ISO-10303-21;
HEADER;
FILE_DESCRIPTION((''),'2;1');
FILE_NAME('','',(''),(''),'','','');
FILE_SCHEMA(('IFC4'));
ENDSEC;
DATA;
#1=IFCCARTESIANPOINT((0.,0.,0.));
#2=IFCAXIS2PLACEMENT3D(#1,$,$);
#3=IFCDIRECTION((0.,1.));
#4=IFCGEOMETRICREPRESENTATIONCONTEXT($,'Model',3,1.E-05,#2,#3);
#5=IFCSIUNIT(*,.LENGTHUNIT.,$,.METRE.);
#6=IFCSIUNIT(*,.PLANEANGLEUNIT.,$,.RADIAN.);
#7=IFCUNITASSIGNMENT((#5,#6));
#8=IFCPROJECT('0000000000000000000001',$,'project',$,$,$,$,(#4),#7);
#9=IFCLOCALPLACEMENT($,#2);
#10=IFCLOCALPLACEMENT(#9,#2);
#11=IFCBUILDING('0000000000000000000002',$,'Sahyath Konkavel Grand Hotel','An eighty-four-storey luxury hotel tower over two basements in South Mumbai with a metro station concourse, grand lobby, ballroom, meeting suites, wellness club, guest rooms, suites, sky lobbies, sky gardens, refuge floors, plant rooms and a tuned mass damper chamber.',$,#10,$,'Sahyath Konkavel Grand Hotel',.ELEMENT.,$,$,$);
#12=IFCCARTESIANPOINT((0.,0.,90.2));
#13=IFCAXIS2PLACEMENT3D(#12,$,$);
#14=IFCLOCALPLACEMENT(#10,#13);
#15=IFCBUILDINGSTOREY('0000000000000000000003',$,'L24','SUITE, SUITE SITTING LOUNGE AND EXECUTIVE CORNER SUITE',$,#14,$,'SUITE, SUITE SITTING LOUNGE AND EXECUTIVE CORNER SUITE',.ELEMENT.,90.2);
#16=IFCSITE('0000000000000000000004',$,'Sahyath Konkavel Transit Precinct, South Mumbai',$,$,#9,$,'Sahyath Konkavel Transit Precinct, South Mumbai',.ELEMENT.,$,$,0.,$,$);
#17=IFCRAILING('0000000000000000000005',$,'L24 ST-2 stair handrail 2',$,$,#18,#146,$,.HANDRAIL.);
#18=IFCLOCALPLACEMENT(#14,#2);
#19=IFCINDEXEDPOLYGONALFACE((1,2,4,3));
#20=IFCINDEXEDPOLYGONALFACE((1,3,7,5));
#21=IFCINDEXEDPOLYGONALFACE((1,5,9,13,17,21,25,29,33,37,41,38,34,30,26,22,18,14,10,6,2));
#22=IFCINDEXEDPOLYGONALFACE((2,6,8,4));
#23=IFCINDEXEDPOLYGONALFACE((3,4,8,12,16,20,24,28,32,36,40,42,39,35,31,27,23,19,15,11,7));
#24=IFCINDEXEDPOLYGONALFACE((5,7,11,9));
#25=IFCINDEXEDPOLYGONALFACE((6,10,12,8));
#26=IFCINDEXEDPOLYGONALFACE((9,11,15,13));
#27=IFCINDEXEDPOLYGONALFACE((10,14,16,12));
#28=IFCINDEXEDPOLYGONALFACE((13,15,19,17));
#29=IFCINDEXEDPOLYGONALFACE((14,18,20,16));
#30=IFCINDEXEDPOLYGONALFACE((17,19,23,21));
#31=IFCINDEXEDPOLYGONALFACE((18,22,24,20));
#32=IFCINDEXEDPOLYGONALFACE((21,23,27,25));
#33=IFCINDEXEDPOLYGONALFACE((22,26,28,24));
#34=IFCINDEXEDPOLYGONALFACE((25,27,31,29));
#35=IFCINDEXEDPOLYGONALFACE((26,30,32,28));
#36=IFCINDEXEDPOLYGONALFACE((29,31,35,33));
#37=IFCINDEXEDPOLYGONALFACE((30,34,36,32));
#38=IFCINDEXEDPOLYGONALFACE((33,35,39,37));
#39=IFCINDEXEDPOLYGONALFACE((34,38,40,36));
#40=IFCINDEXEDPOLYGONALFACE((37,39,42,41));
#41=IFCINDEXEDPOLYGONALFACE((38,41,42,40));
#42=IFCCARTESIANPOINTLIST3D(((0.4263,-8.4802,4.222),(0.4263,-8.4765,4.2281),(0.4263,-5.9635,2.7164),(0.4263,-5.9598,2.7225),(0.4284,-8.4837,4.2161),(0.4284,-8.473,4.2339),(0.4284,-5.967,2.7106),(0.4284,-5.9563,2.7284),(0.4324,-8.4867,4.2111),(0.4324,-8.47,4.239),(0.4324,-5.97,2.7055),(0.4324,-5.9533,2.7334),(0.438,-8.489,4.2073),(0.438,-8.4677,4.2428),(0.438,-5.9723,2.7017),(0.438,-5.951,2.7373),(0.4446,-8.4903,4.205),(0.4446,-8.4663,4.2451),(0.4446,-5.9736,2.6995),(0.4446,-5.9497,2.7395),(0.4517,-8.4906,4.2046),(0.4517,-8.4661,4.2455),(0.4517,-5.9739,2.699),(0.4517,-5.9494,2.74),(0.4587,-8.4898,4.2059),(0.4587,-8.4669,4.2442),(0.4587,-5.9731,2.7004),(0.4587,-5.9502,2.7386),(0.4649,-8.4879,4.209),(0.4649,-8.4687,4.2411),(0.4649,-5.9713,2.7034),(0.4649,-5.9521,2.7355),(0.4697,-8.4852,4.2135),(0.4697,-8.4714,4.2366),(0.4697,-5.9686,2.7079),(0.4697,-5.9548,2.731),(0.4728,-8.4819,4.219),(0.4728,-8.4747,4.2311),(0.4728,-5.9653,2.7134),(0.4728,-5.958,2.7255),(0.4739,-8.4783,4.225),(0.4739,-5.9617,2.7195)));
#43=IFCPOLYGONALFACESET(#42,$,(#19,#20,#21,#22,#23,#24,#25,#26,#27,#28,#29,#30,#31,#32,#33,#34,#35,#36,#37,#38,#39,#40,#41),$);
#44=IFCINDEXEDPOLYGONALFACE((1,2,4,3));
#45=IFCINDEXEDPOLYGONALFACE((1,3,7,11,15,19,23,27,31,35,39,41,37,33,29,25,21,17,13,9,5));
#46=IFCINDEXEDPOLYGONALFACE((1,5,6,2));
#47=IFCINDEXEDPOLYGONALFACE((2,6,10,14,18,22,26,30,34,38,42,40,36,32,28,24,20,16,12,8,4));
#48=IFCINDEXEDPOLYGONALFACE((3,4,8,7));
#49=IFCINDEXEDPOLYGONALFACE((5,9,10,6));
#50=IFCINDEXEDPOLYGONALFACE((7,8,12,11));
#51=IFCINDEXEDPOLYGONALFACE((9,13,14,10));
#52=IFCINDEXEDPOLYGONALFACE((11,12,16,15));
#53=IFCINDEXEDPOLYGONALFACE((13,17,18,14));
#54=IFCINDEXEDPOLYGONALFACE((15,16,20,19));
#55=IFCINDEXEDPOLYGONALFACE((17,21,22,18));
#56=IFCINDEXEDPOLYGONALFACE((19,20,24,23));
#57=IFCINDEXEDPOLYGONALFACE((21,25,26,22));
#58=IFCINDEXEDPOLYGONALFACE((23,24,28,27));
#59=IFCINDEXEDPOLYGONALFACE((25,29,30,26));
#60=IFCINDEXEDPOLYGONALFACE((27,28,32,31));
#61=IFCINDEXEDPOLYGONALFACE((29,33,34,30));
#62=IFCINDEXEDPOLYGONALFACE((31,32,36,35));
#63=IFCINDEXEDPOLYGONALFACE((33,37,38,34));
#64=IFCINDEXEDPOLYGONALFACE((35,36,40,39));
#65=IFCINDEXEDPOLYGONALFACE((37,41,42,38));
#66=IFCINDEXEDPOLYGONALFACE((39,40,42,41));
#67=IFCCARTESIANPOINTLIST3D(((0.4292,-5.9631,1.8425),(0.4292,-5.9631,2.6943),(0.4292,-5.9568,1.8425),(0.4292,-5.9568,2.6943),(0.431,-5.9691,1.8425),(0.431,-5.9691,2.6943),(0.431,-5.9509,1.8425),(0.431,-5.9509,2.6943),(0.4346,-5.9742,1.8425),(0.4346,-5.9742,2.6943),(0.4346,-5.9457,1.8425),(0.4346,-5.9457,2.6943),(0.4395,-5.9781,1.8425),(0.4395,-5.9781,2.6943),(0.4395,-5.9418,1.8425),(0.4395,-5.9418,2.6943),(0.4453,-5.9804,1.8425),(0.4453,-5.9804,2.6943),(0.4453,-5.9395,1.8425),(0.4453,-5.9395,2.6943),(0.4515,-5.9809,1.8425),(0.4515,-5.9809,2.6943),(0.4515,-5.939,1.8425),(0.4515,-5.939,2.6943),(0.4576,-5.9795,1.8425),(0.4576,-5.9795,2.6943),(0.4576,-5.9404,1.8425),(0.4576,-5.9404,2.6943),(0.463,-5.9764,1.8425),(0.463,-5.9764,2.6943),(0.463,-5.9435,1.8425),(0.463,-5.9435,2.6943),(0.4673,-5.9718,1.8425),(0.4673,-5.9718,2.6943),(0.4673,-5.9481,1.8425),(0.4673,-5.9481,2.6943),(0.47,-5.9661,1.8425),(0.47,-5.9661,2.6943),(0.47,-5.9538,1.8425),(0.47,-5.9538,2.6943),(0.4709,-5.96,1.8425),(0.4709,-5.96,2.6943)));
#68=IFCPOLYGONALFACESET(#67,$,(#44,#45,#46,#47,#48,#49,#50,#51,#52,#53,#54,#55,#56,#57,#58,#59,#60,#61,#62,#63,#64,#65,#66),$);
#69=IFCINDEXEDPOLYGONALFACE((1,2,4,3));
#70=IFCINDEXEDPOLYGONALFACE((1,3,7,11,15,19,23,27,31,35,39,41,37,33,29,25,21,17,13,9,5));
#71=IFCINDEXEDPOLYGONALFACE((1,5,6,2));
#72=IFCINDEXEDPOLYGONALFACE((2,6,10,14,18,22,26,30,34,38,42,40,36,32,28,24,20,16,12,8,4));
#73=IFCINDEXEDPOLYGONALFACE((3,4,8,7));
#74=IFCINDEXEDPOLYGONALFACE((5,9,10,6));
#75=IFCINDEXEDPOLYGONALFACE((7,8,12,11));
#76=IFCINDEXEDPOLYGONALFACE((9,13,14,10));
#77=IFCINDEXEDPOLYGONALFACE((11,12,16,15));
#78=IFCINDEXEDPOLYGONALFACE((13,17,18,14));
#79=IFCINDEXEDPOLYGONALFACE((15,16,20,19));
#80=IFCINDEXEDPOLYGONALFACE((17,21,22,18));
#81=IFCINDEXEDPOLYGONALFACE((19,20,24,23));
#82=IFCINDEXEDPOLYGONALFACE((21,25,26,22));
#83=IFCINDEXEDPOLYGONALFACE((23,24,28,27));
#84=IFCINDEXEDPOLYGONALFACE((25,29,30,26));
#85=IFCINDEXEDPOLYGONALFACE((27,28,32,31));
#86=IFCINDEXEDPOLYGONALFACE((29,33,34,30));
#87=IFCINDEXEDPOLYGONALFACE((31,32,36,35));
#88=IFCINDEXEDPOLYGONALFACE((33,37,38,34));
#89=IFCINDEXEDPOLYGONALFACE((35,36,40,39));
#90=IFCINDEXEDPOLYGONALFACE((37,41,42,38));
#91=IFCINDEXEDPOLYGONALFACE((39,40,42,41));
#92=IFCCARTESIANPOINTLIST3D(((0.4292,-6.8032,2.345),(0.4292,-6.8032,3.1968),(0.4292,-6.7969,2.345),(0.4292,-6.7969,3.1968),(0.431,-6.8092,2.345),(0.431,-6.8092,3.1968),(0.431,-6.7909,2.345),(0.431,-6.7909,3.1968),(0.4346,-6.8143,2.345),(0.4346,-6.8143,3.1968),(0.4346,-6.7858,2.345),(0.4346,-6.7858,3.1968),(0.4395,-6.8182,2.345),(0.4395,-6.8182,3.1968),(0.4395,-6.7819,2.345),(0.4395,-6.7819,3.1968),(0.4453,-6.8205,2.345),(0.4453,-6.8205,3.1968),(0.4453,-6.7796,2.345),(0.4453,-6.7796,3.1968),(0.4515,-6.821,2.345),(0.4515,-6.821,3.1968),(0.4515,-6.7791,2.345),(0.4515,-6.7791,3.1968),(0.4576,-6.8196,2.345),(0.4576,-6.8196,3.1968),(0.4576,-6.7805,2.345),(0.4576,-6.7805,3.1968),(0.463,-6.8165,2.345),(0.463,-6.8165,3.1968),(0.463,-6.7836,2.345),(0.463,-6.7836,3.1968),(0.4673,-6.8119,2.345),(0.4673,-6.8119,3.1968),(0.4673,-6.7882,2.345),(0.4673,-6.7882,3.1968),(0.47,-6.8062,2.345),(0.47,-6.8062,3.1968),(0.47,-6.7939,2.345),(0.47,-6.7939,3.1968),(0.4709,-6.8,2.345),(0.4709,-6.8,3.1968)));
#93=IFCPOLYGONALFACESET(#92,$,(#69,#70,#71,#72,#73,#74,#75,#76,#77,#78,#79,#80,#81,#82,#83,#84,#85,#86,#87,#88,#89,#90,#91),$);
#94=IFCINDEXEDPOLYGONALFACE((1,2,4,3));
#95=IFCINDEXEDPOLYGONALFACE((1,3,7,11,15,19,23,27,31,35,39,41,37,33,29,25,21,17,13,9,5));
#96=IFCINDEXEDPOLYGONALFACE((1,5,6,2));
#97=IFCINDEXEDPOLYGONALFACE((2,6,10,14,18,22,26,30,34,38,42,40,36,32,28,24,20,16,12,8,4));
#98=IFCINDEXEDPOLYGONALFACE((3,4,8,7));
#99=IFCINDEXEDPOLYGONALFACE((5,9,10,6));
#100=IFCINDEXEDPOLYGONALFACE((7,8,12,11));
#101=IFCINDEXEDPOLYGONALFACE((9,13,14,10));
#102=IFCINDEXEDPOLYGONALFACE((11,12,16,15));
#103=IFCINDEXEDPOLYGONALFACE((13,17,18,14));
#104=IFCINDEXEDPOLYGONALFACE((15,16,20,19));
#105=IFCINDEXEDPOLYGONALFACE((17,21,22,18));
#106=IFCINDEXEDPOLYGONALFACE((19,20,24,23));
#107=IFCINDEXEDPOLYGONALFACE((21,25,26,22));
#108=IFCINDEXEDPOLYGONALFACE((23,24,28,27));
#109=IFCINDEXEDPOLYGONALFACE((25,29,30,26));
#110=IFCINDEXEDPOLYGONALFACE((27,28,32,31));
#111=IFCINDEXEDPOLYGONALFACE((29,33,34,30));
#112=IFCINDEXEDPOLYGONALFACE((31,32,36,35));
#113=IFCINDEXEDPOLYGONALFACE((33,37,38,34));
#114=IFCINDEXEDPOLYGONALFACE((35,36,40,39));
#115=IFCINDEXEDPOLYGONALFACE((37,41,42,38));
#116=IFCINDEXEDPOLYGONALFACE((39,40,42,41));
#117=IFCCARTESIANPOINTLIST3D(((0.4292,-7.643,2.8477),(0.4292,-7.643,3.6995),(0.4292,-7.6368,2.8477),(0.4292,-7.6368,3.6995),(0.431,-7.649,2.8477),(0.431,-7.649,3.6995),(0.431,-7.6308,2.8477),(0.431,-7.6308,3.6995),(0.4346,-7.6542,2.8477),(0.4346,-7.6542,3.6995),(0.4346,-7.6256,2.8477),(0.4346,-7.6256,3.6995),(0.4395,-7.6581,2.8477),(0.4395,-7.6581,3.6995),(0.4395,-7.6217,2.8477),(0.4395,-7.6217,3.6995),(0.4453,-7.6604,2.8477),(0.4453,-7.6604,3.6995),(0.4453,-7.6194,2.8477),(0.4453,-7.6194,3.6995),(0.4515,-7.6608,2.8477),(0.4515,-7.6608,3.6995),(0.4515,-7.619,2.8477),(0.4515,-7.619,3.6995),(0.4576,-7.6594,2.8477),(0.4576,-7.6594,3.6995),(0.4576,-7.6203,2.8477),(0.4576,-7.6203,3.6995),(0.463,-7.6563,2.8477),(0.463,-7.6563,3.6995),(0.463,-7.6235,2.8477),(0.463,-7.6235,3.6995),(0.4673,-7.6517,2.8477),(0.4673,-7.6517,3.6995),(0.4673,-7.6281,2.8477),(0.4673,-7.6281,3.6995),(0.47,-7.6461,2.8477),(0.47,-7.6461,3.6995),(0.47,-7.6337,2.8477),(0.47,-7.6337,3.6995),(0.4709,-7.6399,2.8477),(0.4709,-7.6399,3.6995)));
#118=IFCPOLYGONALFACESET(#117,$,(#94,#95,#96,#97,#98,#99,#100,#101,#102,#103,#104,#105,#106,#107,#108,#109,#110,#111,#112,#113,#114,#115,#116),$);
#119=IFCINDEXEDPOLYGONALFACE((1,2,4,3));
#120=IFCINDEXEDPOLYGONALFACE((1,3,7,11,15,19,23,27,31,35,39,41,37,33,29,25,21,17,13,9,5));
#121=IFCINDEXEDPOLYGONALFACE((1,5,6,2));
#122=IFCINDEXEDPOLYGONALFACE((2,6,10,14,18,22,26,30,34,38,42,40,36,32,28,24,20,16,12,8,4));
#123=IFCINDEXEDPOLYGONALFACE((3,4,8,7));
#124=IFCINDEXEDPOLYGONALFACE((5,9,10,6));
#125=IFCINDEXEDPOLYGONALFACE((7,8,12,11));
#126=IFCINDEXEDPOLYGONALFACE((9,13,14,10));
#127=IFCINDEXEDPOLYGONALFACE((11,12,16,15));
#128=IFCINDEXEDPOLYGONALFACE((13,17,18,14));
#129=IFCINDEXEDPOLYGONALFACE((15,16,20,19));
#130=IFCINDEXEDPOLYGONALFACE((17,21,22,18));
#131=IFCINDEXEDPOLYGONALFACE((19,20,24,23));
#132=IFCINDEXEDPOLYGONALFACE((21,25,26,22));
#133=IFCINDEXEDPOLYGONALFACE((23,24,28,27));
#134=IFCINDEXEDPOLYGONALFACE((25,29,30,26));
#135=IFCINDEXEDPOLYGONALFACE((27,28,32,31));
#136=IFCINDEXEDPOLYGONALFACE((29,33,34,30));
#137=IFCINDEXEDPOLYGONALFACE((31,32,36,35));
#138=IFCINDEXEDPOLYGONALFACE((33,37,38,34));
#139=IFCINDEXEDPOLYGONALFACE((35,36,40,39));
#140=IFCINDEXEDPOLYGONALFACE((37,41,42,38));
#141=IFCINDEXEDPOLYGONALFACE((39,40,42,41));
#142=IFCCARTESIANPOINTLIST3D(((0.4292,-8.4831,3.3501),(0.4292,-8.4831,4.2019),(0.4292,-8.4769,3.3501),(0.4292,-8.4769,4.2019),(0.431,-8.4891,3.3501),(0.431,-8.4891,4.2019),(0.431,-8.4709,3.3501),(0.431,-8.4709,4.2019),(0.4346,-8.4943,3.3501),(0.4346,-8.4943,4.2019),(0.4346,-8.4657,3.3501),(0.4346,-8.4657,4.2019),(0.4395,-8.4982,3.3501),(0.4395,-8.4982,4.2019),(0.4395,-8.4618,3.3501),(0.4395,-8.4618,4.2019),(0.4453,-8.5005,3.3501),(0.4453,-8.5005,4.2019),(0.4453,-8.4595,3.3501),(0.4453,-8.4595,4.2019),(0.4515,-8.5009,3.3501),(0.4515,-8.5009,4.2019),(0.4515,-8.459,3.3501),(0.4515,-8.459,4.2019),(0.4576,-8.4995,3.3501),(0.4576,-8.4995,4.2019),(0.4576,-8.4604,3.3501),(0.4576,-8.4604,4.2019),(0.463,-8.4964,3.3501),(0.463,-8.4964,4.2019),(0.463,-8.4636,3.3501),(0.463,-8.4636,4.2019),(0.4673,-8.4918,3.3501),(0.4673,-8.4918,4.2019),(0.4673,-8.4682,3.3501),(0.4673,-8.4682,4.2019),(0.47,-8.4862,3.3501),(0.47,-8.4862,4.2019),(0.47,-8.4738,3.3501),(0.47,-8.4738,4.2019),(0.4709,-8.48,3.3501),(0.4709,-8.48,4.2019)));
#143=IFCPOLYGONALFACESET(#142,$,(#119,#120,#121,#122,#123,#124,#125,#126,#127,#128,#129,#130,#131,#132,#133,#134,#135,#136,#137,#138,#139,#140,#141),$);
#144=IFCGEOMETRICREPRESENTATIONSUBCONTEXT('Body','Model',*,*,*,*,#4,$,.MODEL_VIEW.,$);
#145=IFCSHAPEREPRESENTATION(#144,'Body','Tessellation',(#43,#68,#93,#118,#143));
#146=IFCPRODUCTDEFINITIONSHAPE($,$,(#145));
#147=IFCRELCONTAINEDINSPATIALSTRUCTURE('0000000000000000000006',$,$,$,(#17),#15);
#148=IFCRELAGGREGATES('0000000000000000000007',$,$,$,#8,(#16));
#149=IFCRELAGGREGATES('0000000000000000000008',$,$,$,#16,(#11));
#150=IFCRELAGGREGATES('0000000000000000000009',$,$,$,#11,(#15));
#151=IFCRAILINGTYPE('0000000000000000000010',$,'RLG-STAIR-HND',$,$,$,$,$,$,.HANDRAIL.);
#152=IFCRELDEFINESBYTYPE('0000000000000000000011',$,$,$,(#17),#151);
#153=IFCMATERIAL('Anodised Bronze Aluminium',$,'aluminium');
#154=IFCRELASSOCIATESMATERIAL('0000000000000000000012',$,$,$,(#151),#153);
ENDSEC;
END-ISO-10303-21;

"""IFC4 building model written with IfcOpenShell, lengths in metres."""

from ifc_helpers import new_model, si_unit, direction, frame, origin, origin_2d, place, context, subcontext, project, spatial, circle, extrude, material, type_object, element, save


model = new_model("IFC4")

# Units and contexts
model_context = context("Model", 3, precision=1e-05, world=origin(), true_north=direction((0.0, 1.0)))
body_context = subcontext(model_context, "Body", "Model", "MODEL_VIEW")
ifc_project = project(units=[si_unit("LENGTHUNIT", "METRE"), si_unit("PLANEANGLEUNIT", "RADIAN")], contexts=[model_context])

# Site, building, storey
site_placement = place(None, origin())
site = spatial("IfcSite", under=ifc_project, at=site_placement, Name="Sahyath Konkavel Transit Precinct, South Mumbai", LongName="Sahyath Konkavel Transit Precinct, South Mumbai", CompositionType="ELEMENT", RefElevation=0.0)
building_placement = place(site_placement, origin())
building = spatial("IfcBuilding", under=site, at=building_placement, Name="Sahyath Konkavel Grand Hotel", Description="An eighty-four-storey luxury hotel tower over two basements in South Mumbai with a metro station concourse, grand lobby, ballroom, meeting suites, wellness club, guest rooms, suites, sky lobbies, sky gardens, refuge floors, plant rooms and a tuned mass damper chamber.", LongName="Sahyath Konkavel Grand Hotel", CompositionType="ELEMENT")
storey_placement = place(building_placement, frame((0.0, 0.0, 90.2)))
storey = spatial("IfcBuildingStorey", under=building, at=storey_placement, Name="L24", Description="SUITE, SUITE SITTING LOUNGE AND EXECUTIVE CORNER SUITE", LongName="SUITE, SUITE SITTING LOUNGE AND EXECUTIVE CORNER SUITE", CompositionType="ELEMENT", Elevation=90.2)

# Shared definitions
ifc_material_1 = material(Name="Anodised Bronze Aluminium", Category="aluminium")

# Railing
railing_type_1 = type_object("IfcRailingType", Name="RLG-STAIR-HND", PredefinedType="HANDRAIL", material=ifc_material_1)
railing_1_placement = place(storey_placement, frame((0.45, -5.96, 1.8425)))
element("IfcRailing", 1, at=railing_1_placement, inside=storey, type_object=railing_type_1, Name="L24 ST-2 stair handrail 2", PredefinedType="HANDRAIL", context=body_context, shape_type="SweptSolid", body=[
    extrude(circle(Radius=0.0239, at=origin_2d()), frame((0.0, -0.0017, 0.877), z_axis=(0.0, -0.85816, 0.513383), x_axis=(1.0, 0.0, 0.0)), (0.0, 0.0, 1.0), 2.9326),
    extrude(circle(Radius=0.021, at=origin_2d()), origin(), (0.0, 0.0, 1.0), 0.8518),
    extrude(circle(Radius=0.021, at=origin_2d()), frame((0.0, -0.8401, 0.5024)), (0.0, 0.0, 1.0), 0.8518),
    extrude(circle(Radius=0.021, at=origin_2d()), frame((0.0, -1.6799, 1.0051)), (0.0, 0.0, 1.0), 0.8518),
    extrude(circle(Radius=0.021, at=origin_2d()), frame((0.0, -2.52, 1.5076)), (0.0, 0.0, 1.0), 0.8518),
])

save(model, "model.ifc")
